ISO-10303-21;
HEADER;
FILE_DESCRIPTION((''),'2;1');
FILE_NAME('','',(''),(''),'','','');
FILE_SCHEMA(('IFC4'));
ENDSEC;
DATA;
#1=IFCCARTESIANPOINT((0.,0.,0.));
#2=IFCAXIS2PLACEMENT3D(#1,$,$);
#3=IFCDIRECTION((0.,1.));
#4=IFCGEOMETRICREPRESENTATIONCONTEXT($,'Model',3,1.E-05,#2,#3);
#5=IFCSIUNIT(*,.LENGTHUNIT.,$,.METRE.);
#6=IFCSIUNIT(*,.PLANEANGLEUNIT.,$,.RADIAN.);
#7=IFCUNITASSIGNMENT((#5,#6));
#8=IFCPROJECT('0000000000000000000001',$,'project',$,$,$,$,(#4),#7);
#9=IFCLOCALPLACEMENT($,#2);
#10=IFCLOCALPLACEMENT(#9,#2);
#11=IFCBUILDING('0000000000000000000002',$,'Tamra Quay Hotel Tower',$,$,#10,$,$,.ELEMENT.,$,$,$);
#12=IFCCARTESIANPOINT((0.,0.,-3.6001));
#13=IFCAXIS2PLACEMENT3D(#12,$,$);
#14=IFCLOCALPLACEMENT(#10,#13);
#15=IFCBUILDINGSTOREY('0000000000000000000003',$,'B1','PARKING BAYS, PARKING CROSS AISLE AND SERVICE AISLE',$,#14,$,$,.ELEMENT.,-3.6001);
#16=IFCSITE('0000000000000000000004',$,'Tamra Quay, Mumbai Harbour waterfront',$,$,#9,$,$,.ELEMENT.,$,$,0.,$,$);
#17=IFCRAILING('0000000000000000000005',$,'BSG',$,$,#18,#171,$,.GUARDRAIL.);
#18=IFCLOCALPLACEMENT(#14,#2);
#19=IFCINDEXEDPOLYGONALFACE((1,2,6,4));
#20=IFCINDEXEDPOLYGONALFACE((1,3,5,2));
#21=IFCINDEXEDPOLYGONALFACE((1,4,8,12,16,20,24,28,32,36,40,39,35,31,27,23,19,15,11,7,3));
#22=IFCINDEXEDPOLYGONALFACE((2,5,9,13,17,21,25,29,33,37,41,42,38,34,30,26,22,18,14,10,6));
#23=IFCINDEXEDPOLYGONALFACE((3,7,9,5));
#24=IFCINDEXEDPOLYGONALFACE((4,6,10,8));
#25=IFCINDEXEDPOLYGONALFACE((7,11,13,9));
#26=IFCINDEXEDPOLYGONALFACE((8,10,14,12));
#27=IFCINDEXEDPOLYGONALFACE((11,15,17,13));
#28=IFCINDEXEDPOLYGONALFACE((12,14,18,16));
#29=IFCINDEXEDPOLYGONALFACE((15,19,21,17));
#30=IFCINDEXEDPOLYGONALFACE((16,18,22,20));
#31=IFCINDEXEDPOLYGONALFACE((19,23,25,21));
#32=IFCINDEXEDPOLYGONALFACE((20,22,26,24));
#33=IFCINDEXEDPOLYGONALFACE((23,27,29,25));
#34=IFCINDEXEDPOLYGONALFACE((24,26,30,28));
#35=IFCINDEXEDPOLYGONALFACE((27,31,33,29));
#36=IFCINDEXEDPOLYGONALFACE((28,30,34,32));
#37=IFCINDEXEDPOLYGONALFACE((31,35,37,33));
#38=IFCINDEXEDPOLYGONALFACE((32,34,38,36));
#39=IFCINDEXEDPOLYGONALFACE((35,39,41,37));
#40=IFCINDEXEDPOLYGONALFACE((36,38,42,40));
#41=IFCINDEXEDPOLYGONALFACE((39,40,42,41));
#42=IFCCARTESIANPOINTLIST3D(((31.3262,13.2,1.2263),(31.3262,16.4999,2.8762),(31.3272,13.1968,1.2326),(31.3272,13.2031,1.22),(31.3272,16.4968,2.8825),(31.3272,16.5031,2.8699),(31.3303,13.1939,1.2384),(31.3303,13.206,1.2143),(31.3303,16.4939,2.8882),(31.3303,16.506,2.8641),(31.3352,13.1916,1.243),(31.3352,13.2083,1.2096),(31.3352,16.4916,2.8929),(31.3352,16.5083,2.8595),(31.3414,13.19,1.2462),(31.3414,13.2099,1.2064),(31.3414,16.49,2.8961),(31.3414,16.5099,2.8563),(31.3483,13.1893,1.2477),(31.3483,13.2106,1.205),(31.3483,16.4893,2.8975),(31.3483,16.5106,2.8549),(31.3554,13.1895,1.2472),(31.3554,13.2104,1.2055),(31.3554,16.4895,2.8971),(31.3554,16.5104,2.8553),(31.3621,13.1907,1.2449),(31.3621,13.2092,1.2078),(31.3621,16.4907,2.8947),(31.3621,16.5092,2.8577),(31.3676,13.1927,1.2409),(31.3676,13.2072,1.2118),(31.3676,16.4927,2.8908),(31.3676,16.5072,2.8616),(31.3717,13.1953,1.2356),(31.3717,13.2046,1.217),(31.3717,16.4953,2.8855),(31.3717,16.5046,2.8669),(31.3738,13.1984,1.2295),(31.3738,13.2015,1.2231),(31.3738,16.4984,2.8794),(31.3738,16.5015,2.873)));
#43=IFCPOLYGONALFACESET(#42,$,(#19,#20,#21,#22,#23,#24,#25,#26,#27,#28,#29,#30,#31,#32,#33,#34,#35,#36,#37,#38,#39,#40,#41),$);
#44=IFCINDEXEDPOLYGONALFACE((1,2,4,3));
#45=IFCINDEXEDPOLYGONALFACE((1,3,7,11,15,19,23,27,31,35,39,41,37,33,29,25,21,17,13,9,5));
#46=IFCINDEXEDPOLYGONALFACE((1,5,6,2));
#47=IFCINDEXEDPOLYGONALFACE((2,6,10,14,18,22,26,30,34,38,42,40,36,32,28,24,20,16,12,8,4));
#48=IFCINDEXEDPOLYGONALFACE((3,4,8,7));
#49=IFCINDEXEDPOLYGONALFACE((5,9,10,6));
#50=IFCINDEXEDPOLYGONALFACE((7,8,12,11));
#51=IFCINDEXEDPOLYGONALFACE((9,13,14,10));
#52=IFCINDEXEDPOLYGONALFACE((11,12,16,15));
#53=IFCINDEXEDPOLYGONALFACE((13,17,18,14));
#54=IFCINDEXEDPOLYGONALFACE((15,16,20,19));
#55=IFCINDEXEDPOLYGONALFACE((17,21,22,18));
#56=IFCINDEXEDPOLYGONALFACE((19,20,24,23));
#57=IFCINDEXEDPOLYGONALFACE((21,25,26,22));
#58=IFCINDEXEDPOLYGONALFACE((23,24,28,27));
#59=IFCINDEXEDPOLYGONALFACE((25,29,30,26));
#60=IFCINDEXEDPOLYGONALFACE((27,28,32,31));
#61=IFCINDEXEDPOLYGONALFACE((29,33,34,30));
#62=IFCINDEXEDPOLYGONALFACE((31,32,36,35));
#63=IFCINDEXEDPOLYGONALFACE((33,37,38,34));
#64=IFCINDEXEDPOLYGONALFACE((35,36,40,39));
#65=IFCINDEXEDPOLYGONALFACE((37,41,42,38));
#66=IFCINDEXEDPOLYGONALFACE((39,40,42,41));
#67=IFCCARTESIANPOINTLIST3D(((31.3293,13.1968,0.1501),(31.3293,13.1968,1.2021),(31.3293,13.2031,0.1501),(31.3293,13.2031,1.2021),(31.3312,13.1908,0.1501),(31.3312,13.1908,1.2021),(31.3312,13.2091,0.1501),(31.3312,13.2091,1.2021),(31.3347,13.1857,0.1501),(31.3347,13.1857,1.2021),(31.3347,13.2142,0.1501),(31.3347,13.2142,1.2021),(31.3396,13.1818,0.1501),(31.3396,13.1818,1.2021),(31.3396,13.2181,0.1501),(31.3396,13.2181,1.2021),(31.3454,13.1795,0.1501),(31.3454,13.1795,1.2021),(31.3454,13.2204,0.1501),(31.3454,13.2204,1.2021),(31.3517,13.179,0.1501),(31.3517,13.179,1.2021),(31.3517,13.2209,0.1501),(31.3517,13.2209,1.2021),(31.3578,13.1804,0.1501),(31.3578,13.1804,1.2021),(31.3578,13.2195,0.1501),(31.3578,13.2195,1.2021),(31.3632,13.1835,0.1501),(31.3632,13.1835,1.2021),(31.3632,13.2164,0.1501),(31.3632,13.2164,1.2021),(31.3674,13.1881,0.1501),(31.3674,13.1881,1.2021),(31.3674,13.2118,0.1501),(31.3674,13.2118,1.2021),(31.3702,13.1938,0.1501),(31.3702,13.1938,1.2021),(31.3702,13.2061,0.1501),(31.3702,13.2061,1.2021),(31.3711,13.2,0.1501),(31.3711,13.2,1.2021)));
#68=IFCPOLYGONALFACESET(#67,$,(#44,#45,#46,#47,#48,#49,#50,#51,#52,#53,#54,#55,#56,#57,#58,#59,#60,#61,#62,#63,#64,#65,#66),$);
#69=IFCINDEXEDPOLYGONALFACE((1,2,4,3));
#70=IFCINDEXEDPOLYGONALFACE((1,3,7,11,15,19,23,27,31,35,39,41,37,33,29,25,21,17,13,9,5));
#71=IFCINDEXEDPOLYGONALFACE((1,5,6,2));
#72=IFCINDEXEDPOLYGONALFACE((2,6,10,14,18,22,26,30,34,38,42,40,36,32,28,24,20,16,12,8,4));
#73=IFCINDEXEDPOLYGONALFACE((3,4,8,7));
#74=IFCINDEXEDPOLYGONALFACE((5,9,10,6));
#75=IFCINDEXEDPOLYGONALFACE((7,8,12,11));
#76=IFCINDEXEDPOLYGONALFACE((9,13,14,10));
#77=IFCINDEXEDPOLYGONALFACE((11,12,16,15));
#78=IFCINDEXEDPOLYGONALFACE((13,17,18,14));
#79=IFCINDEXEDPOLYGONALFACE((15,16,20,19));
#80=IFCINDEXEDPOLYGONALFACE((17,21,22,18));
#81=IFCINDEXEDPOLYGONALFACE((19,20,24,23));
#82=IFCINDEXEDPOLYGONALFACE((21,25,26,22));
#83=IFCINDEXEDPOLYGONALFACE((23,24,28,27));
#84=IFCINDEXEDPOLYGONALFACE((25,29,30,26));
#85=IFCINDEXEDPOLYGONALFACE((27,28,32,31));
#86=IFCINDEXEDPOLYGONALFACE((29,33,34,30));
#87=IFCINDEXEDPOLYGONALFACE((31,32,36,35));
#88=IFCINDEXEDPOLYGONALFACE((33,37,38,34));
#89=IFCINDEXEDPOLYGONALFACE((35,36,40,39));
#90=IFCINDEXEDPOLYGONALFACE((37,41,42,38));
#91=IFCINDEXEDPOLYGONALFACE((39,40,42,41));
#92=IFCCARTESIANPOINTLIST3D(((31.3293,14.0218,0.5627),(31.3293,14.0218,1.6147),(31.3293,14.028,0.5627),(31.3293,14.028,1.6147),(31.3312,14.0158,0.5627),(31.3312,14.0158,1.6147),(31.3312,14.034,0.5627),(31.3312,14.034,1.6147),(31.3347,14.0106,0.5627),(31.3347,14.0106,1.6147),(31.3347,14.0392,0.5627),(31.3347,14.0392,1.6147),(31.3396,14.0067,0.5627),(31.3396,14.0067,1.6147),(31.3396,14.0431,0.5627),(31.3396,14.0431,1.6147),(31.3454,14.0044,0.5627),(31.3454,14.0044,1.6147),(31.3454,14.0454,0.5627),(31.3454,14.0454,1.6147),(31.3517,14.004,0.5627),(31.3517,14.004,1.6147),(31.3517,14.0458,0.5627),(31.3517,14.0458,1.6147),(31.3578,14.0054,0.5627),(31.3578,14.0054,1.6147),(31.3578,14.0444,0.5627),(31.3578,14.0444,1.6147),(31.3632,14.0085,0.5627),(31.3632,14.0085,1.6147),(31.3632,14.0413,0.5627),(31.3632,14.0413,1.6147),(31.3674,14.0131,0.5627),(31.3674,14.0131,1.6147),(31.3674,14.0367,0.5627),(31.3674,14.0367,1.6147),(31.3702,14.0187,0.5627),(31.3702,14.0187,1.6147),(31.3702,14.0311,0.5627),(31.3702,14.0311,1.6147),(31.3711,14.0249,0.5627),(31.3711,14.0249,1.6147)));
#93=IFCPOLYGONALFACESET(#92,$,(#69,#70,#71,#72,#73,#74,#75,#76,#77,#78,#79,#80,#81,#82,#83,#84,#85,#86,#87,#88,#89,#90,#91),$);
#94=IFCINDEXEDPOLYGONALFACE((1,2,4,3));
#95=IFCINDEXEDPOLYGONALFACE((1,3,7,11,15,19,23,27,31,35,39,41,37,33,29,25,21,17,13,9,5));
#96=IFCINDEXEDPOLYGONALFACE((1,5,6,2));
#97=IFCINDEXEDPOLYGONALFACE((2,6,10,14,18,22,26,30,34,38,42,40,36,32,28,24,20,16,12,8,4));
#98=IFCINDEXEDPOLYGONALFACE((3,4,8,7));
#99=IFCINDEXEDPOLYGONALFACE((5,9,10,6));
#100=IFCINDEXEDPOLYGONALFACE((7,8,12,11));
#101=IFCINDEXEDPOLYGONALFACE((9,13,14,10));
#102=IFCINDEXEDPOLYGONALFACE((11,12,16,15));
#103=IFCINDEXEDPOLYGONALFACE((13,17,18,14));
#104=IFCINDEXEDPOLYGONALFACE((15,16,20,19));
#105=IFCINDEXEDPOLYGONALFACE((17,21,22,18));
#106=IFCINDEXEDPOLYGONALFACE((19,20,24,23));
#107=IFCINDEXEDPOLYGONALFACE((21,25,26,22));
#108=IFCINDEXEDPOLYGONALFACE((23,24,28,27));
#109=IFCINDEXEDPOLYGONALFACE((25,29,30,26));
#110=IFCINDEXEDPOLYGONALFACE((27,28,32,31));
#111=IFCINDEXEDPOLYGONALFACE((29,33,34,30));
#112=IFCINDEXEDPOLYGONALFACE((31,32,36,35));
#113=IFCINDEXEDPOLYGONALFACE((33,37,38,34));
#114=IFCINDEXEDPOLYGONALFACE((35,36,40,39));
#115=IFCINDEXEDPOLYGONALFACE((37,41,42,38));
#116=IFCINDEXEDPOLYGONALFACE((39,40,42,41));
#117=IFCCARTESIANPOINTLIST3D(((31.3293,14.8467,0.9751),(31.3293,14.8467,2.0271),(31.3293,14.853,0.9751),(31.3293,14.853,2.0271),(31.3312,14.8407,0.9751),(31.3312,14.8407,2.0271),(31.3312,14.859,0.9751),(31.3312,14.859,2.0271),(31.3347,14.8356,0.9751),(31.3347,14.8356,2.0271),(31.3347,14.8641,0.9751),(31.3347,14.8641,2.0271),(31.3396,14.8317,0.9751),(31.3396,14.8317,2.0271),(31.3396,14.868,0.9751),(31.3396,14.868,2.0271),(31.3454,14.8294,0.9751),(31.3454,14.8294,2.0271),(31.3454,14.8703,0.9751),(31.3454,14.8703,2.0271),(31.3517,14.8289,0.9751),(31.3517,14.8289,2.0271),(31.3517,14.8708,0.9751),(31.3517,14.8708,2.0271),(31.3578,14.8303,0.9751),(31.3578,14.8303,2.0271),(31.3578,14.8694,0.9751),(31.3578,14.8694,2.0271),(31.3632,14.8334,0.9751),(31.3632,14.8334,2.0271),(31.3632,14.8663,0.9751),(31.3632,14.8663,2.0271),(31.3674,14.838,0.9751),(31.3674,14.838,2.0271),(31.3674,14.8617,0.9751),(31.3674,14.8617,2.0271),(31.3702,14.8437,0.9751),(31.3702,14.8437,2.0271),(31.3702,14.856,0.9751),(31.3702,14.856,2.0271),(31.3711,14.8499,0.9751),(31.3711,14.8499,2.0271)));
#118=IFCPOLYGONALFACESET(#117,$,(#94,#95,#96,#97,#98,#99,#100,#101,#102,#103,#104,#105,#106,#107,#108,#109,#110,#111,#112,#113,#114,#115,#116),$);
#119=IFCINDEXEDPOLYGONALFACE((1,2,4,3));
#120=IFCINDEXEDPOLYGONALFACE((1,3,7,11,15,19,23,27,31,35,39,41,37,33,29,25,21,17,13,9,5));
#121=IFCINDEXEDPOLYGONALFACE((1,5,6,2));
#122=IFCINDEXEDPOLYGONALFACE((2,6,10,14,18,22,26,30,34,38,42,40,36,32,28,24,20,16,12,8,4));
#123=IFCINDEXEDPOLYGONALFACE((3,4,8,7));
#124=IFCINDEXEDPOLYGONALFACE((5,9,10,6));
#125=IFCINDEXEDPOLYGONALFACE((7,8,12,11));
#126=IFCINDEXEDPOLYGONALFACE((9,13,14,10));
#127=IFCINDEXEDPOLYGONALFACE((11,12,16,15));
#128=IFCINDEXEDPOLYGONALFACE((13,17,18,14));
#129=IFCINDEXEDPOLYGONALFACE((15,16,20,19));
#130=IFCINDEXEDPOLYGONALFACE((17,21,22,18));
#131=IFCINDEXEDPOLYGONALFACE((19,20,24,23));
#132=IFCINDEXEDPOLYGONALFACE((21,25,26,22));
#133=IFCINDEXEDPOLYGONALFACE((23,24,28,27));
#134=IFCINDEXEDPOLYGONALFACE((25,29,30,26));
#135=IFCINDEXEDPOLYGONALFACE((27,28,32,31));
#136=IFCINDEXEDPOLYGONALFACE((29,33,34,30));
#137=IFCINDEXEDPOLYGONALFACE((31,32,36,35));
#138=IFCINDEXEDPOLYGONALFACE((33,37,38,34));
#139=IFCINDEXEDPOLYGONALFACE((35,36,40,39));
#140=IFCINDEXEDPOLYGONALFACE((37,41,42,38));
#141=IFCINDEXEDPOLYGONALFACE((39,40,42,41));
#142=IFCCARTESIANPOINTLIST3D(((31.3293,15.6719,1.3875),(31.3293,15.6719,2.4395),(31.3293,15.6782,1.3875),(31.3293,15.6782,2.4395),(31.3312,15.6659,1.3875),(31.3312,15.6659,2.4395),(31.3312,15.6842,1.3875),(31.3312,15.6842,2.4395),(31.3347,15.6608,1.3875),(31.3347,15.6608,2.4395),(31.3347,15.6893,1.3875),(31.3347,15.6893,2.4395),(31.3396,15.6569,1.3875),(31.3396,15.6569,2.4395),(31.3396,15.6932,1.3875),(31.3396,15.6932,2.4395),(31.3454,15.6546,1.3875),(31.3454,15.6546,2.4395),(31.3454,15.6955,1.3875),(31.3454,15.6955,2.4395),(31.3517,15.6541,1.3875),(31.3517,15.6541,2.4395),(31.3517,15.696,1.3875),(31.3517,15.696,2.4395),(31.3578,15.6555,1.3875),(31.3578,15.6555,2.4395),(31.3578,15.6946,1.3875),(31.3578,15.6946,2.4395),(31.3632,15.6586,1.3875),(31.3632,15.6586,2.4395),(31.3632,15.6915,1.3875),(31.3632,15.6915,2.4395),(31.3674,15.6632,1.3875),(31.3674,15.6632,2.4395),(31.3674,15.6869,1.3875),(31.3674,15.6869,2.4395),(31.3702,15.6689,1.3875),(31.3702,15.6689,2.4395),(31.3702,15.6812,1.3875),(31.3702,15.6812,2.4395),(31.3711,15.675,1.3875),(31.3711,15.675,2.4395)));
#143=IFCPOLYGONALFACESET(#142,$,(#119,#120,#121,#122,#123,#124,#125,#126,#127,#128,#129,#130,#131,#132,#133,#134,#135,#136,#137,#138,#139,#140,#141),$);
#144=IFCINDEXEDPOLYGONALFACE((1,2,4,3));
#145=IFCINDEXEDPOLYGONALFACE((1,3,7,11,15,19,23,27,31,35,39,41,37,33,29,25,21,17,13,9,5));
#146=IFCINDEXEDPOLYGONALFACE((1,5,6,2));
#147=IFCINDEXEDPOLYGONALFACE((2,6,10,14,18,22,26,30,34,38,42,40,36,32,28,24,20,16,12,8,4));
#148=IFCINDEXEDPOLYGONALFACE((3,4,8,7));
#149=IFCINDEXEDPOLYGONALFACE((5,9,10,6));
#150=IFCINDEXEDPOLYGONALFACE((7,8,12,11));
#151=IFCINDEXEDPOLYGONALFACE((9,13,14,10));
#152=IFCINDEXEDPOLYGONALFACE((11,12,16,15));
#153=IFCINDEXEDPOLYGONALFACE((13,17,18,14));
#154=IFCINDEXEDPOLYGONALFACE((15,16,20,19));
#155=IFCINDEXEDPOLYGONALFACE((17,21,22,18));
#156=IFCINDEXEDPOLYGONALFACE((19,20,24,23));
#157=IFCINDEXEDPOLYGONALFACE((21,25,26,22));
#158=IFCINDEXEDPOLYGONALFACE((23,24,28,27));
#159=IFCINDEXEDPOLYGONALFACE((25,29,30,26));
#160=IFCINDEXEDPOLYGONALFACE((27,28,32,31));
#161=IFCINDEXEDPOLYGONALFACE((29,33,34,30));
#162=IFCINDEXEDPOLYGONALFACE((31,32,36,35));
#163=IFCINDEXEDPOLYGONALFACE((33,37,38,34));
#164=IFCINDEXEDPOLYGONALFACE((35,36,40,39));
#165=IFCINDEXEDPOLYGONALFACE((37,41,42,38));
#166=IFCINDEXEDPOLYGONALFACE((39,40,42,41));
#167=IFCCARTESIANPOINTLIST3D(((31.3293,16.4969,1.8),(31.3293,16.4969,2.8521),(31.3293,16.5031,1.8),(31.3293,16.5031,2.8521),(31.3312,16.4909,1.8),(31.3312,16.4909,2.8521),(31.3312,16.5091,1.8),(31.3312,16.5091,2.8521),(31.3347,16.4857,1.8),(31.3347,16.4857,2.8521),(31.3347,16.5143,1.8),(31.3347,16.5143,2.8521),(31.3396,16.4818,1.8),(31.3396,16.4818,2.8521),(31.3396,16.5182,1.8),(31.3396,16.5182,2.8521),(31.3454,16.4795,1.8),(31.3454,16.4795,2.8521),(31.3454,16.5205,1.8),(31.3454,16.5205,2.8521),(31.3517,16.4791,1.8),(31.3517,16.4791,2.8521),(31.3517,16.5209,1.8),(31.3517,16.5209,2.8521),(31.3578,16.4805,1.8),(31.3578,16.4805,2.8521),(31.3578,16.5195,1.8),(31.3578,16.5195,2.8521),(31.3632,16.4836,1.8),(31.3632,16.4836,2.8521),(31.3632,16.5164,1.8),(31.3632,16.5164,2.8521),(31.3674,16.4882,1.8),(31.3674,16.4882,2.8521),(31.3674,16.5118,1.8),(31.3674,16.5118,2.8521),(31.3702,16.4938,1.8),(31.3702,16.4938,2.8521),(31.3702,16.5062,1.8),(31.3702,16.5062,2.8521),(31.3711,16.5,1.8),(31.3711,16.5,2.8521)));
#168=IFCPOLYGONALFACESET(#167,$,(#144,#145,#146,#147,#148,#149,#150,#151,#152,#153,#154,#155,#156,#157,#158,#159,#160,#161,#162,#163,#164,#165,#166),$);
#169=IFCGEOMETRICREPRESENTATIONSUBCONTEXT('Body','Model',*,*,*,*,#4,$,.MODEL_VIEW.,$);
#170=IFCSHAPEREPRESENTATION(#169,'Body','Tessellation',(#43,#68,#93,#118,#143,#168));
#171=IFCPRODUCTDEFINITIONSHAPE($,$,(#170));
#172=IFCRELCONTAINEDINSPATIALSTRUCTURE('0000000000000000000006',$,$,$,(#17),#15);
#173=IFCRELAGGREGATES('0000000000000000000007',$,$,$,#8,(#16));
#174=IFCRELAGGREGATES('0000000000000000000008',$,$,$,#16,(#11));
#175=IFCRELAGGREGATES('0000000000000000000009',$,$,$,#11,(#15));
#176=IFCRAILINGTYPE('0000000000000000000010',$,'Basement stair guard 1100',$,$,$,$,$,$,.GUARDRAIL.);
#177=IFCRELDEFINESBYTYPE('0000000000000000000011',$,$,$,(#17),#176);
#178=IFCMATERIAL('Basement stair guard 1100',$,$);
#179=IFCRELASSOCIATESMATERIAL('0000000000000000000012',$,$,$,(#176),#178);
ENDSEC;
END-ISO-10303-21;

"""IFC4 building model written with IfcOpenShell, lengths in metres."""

from ifc_helpers import new_model, si_unit, direction, frame, origin, origin_2d, place, context, subcontext, project, spatial, circle, extrude, material, type_object, element, save


model = new_model("IFC4")

# Units and contexts
model_context = context("Model", 3, precision=1e-05, world=origin(), true_north=direction((0.0, 1.0)))
body_context = subcontext(model_context, "Body", "Model", "MODEL_VIEW")
ifc_project = project(units=[si_unit("LENGTHUNIT", "METRE"), si_unit("PLANEANGLEUNIT", "RADIAN")], contexts=[model_context])

# Site, building, storey
site_placement = place(None, origin())
site = spatial("IfcSite", under=ifc_project, at=site_placement, Name="Tamra Quay, Mumbai Harbour waterfront", CompositionType="ELEMENT", RefElevation=0.0)
building_placement = place(site_placement, origin())
building = spatial("IfcBuilding", under=site, at=building_placement, Name="Tamra Quay Hotel Tower", CompositionType="ELEMENT")
storey_placement = place(building_placement, frame((0.0, 0.0, -3.6001)))
storey = spatial("IfcBuildingStorey", under=building, at=storey_placement, Name="B1", Description="PARKING BAYS, PARKING CROSS AISLE AND SERVICE AISLE", CompositionType="ELEMENT", Elevation=-3.6001)

# Railing
ifc_material_1 = material(Name="Basement stair guard 1100")
railing_type_1 = type_object("IfcRailingType", Name="Basement stair guard 1100", PredefinedType="GUARDRAIL", material=ifc_material_1)
railing_1_placement = place(storey_placement, frame((31.3501, 13.2, 0.1501)))
element("IfcRailing", 1, at=railing_1_placement, inside=storey, type_object=railing_type_1, Name="BSG", PredefinedType="GUARDRAIL", context=body_context, shape_type="SweptSolid", body=[
    extrude(circle(Radius=0.0239, at=origin_2d()), frame((0.0, 0.0, 1.0762), z_axis=(0.0, 0.89444, 0.447187), x_axis=(-1.0, 0.0, 0.0)), (0.0, 0.0, 1.0), 3.6895),
    extrude(circle(Radius=0.021, at=origin_2d()), origin(), (0.0, 0.0, 1.0), 1.052),
    extrude(circle(Radius=0.021, at=origin_2d()), frame((0.0, 0.825, 0.4126)), (0.0, 0.0, 1.0), 1.052),
    extrude(circle(Radius=0.021, at=origin_2d()), frame((0.0, 1.6499, 0.825)), (0.0, 0.0, 1.0), 1.052),
    extrude(circle(Radius=0.021, at=origin_2d()), frame((0.0, 2.4751, 1.2373)), (0.0, 0.0, 1.0), 1.052),
    extrude(circle(Radius=0.021, at=origin_2d()), frame((0.0, 3.3, 1.6499)), (0.0, 0.0, 1.0), 1.052),
])

save(model, "model.ifc")
